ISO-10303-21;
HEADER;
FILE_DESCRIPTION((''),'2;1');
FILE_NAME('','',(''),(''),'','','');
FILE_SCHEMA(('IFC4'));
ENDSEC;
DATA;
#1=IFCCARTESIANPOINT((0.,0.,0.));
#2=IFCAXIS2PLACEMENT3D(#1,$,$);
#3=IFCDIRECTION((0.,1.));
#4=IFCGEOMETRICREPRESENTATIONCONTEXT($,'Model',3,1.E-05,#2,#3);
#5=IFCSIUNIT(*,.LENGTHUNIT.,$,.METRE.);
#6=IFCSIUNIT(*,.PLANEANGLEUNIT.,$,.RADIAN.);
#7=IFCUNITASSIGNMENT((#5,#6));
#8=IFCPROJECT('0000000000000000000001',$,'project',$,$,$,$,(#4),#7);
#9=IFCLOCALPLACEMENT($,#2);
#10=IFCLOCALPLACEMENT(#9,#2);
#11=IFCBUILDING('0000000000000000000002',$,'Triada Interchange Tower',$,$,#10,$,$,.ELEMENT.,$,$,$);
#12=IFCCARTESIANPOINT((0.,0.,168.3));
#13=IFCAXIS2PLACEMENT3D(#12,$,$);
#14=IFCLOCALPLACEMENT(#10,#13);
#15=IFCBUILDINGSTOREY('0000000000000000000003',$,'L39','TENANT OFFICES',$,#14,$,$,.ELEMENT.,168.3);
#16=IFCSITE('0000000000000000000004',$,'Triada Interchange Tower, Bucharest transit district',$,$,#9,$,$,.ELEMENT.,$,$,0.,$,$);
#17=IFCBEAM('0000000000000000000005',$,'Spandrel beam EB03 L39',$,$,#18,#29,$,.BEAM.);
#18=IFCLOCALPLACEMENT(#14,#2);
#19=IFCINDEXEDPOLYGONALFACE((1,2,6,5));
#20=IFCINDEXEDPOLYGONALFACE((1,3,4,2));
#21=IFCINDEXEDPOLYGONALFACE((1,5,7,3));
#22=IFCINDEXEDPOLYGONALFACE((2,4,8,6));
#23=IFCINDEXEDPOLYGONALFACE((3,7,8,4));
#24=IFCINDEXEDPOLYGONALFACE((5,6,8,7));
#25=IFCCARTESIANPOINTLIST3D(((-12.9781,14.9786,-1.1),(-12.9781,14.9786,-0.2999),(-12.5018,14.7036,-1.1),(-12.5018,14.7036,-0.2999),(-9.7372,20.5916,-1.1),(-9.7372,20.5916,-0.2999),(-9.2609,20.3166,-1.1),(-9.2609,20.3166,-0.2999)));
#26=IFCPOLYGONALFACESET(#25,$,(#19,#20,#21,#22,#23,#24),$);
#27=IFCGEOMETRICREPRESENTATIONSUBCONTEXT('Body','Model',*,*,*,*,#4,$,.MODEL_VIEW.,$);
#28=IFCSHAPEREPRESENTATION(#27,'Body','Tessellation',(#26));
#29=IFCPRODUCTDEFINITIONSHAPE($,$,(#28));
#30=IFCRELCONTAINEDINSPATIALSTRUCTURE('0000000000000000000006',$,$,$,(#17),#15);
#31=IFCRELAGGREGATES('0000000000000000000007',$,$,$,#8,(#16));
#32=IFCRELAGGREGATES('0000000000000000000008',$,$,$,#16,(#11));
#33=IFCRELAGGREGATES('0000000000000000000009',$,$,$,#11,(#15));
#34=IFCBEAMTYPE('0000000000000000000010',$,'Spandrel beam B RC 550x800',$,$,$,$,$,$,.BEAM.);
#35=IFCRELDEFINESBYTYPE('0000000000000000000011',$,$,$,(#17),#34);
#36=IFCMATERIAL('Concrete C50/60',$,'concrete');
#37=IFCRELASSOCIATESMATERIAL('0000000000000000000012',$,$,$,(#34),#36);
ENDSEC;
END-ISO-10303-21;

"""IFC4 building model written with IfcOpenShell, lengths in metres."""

from ifc_helpers import new_model, si_unit, direction, frame, origin, origin_2d, place, context, subcontext, project, spatial, rectangle, extrude, material, material_profile, profile_set, type_object, element, save


model = new_model("IFC4")

# Units and contexts
model_context = context("Model", 3, precision=1e-05, world=origin(), true_north=direction((0.0, 1.0)))
body_context = subcontext(model_context, "Body", "Model", "MODEL_VIEW")
ifc_project = project(units=[si_unit("LENGTHUNIT", "METRE"), si_unit("PLANEANGLEUNIT", "RADIAN")], contexts=[model_context])

# Site, building, storey
site_placement = place(None, origin())
site = spatial("IfcSite", under=ifc_project, at=site_placement, Name="Triada Interchange Tower, Bucharest transit district", CompositionType="ELEMENT", RefElevation=0.0)
building_placement = place(site_placement, origin())
building = spatial("IfcBuilding", under=site, at=building_placement, Name="Triada Interchange Tower", CompositionType="ELEMENT")
storey_placement = place(building_placement, frame((0.0, 0.0, 168.3)))
storey = spatial("IfcBuildingStorey", under=building, at=storey_placement, Name="L39", Description="TENANT OFFICES", CompositionType="ELEMENT", Elevation=168.3)

# Beam
ifc_material_1 = material(Name="Concrete C50/60", Category="concrete")
ifc_material_profile_1 = material_profile(ifc_material_1, rectangle(XDim=0.55, YDim=0.8, at=origin_2d()), Name="RC 550x800")
ifc_profile_set_1 = profile_set([ifc_material_profile_1], Name="Concrete C50/60")
beam_type_1 = type_object("IfcBeamType", Name="Spandrel beam B RC 550x800", PredefinedType="BEAM", material=ifc_profile_set_1)
beam_1_placement = place(storey_placement, frame((-9.499, 20.4541, -0.7), z_axis=(-0.500032, -0.866007, 0.0), x_axis=(0.866007, -0.500032, 0.0)))
element("IfcBeam", 1, at=beam_1_placement, inside=storey, type_object=beam_type_1, Name="Spandrel beam EB03 L39", PredefinedType="BEAM", context=body_context, shape_type="SweptSolid", body=[
    extrude(rectangle(XDim=0.55, YDim=0.8, at=origin_2d()), origin(), (0.0, 0.0, 1.0), 6.4814),
])

save(model, "model.ifc")
